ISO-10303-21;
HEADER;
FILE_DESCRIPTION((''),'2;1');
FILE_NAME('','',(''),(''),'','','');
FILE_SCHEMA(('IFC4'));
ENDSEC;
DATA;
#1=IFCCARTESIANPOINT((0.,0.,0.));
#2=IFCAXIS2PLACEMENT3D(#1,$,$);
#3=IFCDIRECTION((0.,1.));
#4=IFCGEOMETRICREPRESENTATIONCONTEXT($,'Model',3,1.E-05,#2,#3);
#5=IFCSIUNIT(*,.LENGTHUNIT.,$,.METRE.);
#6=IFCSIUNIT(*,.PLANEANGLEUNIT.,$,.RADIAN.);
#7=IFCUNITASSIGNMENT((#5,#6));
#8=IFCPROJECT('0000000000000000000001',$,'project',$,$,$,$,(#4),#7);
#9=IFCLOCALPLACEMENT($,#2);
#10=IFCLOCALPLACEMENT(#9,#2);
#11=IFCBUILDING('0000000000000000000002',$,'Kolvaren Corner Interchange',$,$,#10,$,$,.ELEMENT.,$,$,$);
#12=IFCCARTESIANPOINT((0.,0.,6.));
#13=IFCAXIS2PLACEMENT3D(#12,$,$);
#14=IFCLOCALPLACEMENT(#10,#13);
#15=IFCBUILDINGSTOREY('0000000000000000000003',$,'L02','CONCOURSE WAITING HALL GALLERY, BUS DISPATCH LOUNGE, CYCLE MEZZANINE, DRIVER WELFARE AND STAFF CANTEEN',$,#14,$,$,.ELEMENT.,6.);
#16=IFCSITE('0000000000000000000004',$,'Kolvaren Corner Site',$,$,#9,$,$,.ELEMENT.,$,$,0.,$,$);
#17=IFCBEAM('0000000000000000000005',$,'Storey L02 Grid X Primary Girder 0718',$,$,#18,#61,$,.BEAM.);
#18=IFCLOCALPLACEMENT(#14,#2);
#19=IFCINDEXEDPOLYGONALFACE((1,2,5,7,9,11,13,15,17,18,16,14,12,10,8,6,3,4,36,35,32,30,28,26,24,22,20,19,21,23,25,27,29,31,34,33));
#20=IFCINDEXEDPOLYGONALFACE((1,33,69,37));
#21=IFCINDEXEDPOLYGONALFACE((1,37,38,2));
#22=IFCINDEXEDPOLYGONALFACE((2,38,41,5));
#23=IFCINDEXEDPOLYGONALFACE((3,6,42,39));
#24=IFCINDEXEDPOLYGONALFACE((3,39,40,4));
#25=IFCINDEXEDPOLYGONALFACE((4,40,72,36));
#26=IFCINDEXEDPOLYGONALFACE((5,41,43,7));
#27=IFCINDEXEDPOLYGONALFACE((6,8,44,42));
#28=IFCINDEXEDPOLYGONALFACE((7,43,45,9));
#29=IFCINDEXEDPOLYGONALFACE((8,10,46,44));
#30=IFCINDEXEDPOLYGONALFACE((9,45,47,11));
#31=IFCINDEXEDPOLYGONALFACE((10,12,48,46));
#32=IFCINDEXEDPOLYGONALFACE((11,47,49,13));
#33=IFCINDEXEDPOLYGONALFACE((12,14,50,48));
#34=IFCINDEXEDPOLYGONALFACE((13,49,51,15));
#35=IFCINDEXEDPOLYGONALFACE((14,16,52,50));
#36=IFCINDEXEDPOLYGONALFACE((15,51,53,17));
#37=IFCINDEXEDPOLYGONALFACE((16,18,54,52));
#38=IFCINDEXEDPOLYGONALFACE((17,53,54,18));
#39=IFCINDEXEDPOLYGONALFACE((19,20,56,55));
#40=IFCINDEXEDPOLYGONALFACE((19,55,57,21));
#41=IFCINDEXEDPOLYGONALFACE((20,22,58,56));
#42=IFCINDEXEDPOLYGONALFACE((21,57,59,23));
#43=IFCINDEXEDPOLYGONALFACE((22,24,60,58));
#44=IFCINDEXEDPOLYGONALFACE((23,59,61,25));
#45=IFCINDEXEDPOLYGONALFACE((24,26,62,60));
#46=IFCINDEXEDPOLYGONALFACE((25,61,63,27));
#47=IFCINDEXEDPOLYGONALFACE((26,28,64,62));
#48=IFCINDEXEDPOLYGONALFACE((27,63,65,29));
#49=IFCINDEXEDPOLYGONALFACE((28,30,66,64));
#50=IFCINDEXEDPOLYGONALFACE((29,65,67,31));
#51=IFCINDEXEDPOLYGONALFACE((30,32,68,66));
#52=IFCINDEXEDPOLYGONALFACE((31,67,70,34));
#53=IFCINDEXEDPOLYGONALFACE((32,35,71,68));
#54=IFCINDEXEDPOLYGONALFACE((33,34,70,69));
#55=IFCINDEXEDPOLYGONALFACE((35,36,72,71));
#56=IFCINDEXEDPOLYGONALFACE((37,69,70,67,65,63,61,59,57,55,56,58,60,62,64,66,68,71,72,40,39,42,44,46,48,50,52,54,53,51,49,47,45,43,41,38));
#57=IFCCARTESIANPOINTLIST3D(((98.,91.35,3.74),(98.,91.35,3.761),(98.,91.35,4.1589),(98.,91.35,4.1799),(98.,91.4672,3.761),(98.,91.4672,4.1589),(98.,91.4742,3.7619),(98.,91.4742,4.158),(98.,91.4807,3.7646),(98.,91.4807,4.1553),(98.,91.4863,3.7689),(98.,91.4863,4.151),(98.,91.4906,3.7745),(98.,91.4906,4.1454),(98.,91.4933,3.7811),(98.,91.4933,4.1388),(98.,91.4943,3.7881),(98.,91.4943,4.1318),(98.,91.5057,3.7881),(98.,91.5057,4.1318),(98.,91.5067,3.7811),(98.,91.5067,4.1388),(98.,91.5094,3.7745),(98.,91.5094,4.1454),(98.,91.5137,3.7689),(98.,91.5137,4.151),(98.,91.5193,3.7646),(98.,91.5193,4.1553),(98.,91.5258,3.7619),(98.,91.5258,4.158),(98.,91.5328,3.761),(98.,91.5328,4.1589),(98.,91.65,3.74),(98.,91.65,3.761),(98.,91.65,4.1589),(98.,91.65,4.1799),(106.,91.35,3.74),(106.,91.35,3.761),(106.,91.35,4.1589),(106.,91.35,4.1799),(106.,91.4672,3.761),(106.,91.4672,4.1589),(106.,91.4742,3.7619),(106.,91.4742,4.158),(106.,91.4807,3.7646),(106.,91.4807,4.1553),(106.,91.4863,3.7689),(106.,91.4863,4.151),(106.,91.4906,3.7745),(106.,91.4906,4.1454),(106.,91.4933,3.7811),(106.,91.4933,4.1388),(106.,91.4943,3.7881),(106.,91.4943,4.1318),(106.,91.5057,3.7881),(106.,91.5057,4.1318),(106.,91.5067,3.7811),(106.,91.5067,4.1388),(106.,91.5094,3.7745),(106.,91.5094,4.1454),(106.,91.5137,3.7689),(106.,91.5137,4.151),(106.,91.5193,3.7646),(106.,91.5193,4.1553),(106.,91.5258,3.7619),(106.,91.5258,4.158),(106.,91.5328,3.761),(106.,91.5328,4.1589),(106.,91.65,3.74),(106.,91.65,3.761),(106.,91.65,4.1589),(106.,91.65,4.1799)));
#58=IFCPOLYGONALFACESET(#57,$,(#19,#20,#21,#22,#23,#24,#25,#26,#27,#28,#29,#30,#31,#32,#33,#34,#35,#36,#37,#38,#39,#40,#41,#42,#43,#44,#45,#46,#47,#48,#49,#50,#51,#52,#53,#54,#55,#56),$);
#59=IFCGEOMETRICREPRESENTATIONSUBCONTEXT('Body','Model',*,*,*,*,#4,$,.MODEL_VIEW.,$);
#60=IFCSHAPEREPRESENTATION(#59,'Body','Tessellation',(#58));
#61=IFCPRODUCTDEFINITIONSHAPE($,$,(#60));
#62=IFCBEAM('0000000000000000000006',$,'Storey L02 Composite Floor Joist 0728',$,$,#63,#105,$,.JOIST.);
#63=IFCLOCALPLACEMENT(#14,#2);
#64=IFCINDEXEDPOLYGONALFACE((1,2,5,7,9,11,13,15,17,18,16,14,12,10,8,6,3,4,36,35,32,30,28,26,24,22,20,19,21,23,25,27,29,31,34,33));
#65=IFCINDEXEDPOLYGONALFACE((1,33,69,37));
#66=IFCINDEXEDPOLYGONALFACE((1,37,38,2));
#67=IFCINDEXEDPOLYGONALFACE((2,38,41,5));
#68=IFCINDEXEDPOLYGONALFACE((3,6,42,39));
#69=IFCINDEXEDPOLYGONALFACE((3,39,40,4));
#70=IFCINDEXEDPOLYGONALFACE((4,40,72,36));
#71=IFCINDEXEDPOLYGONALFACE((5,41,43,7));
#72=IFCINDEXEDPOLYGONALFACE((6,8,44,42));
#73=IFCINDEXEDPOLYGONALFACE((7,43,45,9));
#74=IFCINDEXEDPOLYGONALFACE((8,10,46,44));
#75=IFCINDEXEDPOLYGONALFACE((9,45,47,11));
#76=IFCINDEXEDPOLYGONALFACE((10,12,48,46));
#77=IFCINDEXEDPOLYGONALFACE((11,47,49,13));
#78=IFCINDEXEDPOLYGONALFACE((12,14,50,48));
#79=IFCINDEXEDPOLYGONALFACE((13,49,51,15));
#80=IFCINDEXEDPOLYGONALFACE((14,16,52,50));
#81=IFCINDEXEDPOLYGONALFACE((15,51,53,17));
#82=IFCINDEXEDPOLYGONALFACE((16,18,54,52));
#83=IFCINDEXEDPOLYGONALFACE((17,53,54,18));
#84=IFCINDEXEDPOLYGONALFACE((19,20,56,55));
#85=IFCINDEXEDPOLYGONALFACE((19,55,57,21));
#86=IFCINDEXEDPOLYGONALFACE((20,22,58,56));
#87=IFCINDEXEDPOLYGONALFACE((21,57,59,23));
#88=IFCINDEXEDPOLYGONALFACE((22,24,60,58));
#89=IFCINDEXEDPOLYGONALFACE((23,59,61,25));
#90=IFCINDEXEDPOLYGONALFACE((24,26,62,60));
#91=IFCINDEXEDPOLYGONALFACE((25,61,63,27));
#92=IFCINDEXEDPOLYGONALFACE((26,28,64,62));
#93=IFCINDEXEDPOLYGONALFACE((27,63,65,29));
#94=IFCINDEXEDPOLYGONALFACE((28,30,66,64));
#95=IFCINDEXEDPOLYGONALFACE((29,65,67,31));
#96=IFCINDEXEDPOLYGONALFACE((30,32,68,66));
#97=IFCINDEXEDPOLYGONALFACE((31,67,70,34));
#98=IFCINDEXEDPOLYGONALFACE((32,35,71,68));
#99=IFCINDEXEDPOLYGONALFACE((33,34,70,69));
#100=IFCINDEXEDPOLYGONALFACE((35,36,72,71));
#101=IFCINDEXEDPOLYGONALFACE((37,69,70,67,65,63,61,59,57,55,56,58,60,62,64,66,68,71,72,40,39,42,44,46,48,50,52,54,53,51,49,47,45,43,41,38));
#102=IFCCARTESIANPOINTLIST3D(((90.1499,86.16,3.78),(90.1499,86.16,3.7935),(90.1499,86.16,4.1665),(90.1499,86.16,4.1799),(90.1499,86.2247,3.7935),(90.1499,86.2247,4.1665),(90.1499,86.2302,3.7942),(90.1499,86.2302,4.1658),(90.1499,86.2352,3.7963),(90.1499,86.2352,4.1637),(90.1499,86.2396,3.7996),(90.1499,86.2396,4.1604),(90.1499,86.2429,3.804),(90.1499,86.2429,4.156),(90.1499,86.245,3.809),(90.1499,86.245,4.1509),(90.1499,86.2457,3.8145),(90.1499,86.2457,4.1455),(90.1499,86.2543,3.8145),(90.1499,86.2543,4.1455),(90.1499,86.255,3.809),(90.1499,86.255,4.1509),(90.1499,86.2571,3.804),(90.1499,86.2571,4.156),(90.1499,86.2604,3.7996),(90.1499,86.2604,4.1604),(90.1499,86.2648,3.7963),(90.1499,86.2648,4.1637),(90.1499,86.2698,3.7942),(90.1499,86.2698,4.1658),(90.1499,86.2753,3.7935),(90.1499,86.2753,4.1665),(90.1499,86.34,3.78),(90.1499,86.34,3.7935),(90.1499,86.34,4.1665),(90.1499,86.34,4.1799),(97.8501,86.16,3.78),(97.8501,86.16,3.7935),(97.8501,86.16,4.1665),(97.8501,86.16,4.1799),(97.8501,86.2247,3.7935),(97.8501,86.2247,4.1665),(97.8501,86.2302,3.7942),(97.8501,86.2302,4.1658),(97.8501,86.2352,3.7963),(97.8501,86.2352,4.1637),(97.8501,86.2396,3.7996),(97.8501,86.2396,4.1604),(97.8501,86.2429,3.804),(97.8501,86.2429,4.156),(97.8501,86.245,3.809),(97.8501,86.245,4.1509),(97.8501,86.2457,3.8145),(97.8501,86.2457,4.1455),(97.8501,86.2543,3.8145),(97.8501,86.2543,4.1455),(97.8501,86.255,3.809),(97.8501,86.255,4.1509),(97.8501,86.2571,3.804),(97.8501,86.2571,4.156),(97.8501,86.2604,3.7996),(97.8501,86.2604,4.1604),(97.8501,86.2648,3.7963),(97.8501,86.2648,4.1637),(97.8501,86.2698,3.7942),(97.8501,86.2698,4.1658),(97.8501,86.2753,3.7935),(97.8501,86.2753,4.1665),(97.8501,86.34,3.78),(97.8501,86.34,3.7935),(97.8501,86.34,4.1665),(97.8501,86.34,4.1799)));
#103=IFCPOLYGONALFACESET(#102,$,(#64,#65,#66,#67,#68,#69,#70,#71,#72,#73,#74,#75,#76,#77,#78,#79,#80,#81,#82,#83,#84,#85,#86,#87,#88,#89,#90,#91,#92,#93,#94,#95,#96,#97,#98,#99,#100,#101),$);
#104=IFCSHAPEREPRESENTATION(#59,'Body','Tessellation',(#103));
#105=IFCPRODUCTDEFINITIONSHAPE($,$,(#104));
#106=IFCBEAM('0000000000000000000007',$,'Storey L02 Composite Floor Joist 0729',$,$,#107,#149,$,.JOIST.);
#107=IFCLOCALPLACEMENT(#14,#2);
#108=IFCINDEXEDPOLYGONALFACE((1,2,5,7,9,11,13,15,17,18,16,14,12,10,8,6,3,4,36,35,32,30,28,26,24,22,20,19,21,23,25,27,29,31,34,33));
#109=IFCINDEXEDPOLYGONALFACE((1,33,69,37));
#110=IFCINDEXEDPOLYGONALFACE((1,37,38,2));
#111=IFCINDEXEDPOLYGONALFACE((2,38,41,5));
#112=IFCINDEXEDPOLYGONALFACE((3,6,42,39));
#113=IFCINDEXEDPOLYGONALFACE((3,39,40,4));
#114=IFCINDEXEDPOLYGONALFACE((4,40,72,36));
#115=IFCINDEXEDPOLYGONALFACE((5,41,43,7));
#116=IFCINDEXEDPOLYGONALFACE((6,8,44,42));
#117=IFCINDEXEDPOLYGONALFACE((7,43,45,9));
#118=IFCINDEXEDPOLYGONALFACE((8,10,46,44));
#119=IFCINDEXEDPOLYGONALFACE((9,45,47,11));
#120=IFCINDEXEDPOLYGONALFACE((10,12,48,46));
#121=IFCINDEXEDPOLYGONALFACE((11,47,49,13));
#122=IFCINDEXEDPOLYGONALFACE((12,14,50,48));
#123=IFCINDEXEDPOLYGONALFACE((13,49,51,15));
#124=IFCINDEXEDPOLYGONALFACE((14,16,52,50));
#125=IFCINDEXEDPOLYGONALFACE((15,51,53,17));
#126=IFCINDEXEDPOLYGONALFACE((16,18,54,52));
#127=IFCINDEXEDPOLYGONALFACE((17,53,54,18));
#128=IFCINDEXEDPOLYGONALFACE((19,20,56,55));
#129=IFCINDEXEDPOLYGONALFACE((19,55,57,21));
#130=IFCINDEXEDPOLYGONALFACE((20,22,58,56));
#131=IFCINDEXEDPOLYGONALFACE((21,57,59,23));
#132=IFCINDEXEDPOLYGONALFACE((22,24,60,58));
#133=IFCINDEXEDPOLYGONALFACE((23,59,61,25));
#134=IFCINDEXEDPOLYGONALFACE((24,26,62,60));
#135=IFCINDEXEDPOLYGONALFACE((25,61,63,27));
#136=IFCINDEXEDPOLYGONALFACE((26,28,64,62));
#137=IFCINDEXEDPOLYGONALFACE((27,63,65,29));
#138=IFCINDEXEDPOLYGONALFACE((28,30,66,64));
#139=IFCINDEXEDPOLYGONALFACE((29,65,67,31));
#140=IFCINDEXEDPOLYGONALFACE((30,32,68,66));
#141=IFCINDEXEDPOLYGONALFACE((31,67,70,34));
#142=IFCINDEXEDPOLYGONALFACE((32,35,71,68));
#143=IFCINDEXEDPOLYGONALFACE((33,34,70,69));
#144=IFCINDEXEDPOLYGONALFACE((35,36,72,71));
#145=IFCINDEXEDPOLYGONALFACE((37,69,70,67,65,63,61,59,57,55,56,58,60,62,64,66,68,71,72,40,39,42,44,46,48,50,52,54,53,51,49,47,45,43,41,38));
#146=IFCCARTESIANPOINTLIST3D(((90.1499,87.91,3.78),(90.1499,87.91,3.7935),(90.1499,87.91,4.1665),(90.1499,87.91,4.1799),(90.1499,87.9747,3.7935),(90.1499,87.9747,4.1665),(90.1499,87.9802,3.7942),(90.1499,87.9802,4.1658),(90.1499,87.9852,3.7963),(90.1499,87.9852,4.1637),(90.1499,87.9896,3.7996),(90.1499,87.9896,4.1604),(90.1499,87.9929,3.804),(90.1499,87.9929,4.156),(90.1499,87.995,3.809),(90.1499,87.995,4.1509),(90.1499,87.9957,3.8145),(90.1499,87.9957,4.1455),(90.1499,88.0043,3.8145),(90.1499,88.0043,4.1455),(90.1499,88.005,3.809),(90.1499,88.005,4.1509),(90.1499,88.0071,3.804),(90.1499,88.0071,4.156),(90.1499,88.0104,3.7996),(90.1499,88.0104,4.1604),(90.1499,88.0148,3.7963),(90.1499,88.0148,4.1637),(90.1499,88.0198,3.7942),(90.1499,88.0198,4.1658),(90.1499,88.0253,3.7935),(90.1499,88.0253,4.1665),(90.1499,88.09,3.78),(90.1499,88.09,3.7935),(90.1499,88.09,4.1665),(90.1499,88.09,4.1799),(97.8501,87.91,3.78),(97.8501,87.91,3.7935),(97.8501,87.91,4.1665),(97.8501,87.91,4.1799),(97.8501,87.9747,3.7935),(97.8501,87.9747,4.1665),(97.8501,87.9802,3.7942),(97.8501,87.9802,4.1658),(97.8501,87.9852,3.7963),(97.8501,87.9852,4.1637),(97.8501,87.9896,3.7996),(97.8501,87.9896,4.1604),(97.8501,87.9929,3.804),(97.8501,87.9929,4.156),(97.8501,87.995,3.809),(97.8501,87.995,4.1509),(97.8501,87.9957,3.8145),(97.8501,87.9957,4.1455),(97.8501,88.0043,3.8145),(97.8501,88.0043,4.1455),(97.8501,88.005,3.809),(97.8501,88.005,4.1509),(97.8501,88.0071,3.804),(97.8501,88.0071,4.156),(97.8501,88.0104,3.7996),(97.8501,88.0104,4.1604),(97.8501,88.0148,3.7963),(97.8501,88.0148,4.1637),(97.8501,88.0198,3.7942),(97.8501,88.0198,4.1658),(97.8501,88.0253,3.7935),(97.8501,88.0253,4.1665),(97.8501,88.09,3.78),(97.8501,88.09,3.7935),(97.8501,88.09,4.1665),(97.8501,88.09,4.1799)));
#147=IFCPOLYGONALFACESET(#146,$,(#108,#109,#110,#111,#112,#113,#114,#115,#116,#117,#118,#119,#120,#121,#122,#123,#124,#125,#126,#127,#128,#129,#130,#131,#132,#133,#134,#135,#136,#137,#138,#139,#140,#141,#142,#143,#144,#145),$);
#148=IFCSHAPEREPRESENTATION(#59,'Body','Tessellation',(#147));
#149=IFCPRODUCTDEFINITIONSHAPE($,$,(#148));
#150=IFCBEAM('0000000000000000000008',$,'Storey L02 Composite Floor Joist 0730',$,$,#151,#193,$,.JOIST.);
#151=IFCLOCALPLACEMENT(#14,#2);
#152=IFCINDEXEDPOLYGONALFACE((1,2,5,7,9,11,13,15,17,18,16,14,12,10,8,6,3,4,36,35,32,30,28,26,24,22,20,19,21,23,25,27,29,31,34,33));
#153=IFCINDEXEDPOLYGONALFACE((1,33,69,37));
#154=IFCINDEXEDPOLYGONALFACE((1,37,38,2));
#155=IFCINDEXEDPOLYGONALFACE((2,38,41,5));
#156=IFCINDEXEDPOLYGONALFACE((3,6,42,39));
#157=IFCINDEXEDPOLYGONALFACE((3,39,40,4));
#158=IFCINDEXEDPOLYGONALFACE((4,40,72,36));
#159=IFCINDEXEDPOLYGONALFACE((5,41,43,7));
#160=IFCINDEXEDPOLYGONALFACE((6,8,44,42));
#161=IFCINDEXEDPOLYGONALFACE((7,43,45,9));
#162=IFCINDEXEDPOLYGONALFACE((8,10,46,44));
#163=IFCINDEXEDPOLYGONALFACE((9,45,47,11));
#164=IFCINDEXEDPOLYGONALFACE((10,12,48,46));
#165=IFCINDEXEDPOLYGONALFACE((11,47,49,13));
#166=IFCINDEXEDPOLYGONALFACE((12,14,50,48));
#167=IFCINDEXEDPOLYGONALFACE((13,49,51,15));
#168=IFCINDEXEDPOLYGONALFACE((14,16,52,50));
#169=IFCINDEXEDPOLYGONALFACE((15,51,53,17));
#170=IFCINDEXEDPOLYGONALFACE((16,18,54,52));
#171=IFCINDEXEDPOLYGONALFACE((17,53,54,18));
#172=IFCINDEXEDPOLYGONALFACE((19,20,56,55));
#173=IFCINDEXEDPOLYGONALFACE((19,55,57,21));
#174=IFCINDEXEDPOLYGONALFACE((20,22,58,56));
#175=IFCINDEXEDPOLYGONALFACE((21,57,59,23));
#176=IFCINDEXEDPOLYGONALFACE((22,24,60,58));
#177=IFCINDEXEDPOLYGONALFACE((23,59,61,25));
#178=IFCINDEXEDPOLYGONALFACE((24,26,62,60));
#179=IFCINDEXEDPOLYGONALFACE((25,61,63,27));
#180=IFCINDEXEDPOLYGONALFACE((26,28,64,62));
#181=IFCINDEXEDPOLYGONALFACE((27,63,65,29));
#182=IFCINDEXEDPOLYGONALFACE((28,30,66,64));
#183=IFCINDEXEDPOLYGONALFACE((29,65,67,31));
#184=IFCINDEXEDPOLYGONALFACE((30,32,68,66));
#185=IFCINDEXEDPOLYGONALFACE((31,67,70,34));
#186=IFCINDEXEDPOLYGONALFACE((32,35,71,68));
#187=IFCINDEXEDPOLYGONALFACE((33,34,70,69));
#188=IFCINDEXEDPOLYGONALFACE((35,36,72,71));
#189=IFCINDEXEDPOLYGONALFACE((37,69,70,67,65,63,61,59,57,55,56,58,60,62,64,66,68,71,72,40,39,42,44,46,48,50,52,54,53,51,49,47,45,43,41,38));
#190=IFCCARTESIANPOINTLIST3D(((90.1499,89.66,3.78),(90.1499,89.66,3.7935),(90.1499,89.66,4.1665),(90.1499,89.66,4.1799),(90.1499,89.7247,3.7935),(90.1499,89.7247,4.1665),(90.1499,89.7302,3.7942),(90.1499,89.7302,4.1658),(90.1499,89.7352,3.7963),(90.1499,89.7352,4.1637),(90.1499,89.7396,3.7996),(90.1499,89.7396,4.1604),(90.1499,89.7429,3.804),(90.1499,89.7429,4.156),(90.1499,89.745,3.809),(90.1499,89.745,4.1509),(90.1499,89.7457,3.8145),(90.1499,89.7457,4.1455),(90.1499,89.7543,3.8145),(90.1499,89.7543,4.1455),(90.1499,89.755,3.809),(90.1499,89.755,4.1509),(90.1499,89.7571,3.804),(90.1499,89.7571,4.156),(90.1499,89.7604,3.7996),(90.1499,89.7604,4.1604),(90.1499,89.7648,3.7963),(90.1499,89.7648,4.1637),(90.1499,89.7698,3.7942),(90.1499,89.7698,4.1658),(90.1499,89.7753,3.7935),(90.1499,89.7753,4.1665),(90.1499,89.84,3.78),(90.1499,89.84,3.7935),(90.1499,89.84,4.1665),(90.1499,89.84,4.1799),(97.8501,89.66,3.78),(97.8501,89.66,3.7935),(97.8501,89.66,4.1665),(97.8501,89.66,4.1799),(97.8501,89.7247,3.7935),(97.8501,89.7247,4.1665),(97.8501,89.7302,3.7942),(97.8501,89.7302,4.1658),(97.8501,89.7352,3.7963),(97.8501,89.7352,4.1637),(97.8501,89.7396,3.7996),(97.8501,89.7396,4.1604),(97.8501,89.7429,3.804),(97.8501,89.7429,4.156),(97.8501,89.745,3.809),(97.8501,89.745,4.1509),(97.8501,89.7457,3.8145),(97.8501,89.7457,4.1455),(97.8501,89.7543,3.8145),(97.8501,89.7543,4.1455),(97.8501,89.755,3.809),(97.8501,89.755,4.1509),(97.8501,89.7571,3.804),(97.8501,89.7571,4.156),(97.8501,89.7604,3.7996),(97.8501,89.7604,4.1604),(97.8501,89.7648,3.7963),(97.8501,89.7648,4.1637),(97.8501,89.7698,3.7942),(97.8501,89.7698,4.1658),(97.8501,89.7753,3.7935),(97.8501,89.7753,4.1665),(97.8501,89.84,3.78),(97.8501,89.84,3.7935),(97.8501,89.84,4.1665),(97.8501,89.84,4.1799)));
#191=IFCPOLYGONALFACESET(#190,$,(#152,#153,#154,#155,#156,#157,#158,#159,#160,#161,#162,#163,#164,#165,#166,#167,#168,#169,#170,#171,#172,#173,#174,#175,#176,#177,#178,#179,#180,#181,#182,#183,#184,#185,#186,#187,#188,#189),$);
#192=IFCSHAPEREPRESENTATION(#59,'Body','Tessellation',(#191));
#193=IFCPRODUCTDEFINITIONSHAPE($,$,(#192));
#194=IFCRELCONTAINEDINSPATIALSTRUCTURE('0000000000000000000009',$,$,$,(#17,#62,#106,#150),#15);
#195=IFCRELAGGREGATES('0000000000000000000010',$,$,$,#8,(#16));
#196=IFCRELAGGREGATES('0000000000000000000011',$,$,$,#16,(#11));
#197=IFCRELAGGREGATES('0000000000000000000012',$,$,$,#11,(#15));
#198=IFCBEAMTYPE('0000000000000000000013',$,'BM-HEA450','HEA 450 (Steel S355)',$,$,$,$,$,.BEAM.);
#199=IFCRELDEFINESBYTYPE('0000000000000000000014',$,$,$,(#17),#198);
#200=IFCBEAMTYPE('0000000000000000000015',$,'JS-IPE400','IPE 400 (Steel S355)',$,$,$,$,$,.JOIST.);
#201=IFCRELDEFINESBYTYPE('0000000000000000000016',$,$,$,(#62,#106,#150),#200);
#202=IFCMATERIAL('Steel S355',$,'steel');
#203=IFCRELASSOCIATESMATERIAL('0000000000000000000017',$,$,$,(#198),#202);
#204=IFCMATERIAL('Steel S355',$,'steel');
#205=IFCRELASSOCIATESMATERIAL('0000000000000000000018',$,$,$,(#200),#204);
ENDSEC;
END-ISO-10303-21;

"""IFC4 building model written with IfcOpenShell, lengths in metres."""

from ifc_helpers import new_model, si_unit, direction, frame, origin, origin_2d, place, context, subcontext, project, spatial, i_section, extrude, material, material_profile, profile_set, type_object, element, save


model = new_model("IFC4")

# Units and contexts
model_context = context("Model", 3, precision=1e-05, world=origin(), true_north=direction((0.0, 1.0)))
body_context = subcontext(model_context, "Body", "Model", "MODEL_VIEW")
ifc_project = project(units=[si_unit("LENGTHUNIT", "METRE"), si_unit("PLANEANGLEUNIT", "RADIAN")], contexts=[model_context])

# Site, building, storey
site_placement = place(None, origin())
site = spatial("IfcSite", under=ifc_project, at=site_placement, Name="Kolvaren Corner Site", CompositionType="ELEMENT", RefElevation=0.0)
building_placement = place(site_placement, origin())
building = spatial("IfcBuilding", under=site, at=building_placement, Name="Kolvaren Corner Interchange", CompositionType="ELEMENT")
storey_placement = place(building_placement, frame((0.0, 0.0, 6.0)))
storey = spatial("IfcBuildingStorey", under=building, at=storey_placement, Name="L02", Description="CONCOURSE WAITING HALL GALLERY, BUS DISPATCH LOUNGE, CYCLE MEZZANINE, DRIVER WELFARE AND STAFF CANTEEN", CompositionType="ELEMENT", Elevation=6.0)

# Beams
ifc_material_1 = material(Name="Steel S355", Category="steel")
ifc_material_profile_1 = material_profile(ifc_material_1, i_section(OverallWidth=0.3, OverallDepth=0.4399, WebThickness=0.0115, FlangeThickness=0.021, FilletRadius=0.0271, at=origin_2d()), Name="HEA 450")
ifc_profile_set_1 = profile_set([ifc_material_profile_1], Name="Steel S355")
beam_type_1 = type_object("IfcBeamType", Name="BM-HEA450", Description="HEA 450 (Steel S355)", PredefinedType="BEAM", material=ifc_profile_set_1)
for number, where, z_axis, x_axis, name in (
    (1, (98.0, 91.5, 3.96), (1.0, 0.0, 0.0), (0.0, 1.0, 0.0), "Storey L02 Grid X Primary Girder 0718"),
):
    element("IfcBeam", number, at=place(storey_placement, frame(where, z_axis=z_axis, x_axis=x_axis)), inside=storey, type_object=beam_type_1, Name=name, PredefinedType="BEAM", context=body_context, shape_type="SweptSolid", body=[
        extrude(i_section(OverallWidth=0.3, OverallDepth=0.4399, WebThickness=0.0115, FlangeThickness=0.021, FilletRadius=0.0271, at=origin_2d()), origin(), (0.0, 0.0, 1.0), 8.0),
    ])
ifc_material_2 = material(Name="Steel S355", Category="steel")
ifc_material_profile_2 = material_profile(ifc_material_2, i_section(OverallWidth=0.1799, OverallDepth=0.3999, WebThickness=0.0085, FlangeThickness=0.0134, FilletRadius=0.021, at=origin_2d()), Name="IPE 400")
ifc_profile_set_2 = profile_set([ifc_material_profile_2], Name="Steel S355")
beam_type_2 = type_object("IfcBeamType", Name="JS-IPE400", Description="IPE 400 (Steel S355)", PredefinedType="JOIST", material=ifc_profile_set_2)
for number, where, z_axis, x_axis, name in (
    (2, (90.1499, 86.25, 3.98), (1.0, 0.0, 0.0), (0.0, 1.0, 0.0), "Storey L02 Composite Floor Joist 0728"),
    (3, (90.1499, 88.0, 3.98), (1.0, 0.0, 0.0), (0.0, 1.0, 0.0), "Storey L02 Composite Floor Joist 0729"),
    (4, (90.1499, 89.75, 3.98), (1.0, 0.0, 0.0), (0.0, 1.0, 0.0), "Storey L02 Composite Floor Joist 0730"),
):
    element("IfcBeam", number, at=place(storey_placement, frame(where, z_axis=z_axis, x_axis=x_axis)), inside=storey, type_object=beam_type_2, Name=name, PredefinedType="JOIST", context=body_context, shape_type="SweptSolid", body=[
        extrude(i_section(OverallWidth=0.1799, OverallDepth=0.3999, WebThickness=0.0085, FlangeThickness=0.0134, FilletRadius=0.021, at=origin_2d()), origin(), (0.0, 0.0, 1.0), 7.7002),
    ])

save(model, "model.ifc")
